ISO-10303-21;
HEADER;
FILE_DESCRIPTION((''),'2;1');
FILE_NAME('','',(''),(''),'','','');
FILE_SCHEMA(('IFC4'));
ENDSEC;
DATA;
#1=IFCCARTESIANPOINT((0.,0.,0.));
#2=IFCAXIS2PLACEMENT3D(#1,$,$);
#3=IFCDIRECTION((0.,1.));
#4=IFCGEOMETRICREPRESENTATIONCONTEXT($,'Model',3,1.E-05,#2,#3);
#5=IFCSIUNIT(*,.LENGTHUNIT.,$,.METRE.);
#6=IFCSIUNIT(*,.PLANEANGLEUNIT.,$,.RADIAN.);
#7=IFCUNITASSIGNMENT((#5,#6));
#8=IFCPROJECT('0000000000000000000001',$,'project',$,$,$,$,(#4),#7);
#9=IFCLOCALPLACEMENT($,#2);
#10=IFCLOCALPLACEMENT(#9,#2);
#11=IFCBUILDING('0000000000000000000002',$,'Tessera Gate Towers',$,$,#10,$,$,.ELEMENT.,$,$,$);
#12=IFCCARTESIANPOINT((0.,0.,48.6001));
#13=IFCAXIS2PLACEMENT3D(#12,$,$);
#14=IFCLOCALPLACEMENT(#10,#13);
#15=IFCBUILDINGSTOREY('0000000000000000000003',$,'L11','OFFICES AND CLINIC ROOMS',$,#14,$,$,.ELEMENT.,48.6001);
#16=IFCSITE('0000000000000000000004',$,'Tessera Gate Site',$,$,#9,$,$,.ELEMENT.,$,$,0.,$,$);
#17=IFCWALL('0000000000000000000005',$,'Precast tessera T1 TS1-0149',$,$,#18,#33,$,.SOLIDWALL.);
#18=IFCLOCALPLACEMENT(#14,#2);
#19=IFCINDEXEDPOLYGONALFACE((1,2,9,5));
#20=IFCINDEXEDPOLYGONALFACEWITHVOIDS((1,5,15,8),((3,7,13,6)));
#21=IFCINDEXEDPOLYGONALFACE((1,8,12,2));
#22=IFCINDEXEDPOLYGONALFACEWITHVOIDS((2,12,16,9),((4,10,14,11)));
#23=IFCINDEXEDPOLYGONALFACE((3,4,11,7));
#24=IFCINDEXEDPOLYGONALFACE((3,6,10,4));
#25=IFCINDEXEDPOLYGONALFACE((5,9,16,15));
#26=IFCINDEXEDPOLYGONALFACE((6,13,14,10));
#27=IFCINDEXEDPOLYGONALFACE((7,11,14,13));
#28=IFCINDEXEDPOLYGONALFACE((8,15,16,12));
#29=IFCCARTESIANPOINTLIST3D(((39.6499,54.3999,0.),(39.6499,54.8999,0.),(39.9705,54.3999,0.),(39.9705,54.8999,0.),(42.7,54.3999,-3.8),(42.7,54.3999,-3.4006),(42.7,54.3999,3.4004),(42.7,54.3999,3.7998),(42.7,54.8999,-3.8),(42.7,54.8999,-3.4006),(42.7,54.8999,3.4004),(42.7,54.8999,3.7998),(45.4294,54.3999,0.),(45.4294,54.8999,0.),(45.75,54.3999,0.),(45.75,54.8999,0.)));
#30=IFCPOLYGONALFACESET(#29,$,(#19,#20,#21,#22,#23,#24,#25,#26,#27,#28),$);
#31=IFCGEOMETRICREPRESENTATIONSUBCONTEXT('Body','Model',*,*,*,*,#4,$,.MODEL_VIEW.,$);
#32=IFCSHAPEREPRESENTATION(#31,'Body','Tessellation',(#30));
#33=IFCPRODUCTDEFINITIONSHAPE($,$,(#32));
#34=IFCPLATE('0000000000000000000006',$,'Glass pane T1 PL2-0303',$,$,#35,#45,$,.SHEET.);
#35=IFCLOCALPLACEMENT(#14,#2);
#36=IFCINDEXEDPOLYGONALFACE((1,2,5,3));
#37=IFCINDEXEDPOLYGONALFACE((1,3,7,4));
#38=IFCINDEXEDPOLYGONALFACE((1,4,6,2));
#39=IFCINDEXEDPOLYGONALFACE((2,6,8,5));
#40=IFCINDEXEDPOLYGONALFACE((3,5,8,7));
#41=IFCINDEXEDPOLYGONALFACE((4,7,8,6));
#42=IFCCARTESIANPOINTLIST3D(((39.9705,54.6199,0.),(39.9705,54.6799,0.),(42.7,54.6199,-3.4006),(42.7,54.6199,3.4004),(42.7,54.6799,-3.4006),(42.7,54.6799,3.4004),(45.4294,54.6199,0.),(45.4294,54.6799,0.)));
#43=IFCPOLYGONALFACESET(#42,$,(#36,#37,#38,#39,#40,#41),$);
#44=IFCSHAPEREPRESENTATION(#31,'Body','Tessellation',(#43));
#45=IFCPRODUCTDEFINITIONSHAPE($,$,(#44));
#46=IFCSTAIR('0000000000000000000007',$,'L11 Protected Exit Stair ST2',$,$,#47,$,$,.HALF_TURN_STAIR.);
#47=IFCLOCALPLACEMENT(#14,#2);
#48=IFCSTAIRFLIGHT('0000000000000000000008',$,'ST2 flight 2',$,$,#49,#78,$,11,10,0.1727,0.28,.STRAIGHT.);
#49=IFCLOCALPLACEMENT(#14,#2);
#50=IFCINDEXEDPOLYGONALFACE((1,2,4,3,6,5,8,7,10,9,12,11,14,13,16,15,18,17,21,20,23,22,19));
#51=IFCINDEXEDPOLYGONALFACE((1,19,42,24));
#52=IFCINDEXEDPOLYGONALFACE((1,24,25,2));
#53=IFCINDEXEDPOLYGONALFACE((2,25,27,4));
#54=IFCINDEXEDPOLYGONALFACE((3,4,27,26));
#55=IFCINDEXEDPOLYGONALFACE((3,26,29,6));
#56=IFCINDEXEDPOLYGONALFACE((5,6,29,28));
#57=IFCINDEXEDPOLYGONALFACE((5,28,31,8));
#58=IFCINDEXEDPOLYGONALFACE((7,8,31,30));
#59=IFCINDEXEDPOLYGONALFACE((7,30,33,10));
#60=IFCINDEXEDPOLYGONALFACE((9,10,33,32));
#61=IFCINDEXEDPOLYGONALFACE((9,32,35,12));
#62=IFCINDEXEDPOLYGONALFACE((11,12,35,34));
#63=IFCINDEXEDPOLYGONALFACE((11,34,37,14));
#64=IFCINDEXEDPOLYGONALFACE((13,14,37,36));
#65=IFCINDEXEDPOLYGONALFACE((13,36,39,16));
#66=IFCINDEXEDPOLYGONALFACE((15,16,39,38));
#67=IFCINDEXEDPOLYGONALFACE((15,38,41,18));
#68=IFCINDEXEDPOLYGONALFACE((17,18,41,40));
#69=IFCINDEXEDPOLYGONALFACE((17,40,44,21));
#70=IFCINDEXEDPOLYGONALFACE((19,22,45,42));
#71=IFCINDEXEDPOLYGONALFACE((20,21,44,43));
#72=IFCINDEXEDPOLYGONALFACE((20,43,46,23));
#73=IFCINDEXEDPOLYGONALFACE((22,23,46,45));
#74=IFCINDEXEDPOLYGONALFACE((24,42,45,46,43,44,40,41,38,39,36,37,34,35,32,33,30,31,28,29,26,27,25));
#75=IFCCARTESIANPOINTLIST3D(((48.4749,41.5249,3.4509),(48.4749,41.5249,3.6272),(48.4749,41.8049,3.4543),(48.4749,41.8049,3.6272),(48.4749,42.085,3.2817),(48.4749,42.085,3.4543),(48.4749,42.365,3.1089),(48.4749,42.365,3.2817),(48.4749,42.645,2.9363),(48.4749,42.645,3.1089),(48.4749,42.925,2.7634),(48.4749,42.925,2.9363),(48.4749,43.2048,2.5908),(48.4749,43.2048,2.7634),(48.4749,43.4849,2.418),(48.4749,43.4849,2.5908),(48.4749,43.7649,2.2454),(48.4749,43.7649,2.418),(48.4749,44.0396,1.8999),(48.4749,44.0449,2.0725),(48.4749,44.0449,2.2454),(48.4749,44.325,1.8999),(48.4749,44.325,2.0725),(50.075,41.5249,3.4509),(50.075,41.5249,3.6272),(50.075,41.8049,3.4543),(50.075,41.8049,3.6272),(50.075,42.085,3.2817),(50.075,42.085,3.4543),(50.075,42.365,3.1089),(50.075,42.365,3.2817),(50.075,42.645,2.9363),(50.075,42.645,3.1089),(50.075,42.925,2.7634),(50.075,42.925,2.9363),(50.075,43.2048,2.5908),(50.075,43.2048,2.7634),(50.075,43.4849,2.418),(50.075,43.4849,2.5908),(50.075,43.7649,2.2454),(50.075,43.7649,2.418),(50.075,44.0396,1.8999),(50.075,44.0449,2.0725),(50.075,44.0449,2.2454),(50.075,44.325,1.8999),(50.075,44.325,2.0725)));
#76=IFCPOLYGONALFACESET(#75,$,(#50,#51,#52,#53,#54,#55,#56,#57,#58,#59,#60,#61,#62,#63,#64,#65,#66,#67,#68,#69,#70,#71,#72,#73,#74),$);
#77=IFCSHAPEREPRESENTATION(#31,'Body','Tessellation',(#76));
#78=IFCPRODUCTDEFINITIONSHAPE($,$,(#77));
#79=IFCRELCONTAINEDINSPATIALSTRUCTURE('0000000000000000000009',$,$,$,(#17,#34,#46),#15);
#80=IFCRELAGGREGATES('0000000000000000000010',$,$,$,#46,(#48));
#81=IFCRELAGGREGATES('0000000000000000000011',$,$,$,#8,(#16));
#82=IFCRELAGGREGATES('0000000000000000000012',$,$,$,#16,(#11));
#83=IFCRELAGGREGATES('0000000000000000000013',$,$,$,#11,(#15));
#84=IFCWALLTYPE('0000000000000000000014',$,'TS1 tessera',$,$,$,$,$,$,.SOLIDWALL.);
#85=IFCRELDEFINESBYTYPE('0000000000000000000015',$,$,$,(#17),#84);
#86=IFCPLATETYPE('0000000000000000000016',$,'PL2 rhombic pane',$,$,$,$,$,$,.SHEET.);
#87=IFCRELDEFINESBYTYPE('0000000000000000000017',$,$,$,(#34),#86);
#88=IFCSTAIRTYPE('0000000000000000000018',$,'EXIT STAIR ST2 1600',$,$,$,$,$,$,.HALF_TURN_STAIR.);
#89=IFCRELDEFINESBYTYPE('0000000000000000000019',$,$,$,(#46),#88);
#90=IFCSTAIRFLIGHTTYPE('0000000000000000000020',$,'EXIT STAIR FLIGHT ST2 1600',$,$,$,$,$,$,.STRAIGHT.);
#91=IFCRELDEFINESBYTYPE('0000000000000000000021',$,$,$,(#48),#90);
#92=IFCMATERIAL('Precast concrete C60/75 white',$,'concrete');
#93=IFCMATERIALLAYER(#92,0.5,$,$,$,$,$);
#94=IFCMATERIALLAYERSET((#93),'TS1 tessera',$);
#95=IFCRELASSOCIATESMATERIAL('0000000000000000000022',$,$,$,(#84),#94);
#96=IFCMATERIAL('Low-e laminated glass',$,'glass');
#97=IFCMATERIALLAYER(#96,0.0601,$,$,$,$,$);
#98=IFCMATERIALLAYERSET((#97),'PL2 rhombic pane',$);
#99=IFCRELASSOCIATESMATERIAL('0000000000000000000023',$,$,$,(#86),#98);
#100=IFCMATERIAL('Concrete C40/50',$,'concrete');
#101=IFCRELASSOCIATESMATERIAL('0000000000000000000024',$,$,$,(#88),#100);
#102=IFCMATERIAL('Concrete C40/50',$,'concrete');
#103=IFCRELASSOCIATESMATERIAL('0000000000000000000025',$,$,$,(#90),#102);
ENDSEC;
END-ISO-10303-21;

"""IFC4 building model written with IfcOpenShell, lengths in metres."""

from ifc_helpers import new_model, si_unit, direction, frame, origin, place, context, subcontext, project, spatial, polyline, outline, extrude, source, transform, mapped, material, layer, layer_set, type_object, element, fill, aggregate, save


model = new_model("IFC4")

# Units and contexts
model_context = context("Model", 3, precision=1e-05, world=origin(), true_north=direction((0.0, 1.0)))
body_context = subcontext(model_context, "Body", "Model", "MODEL_VIEW")
ifc_project = project(units=[si_unit("LENGTHUNIT", "METRE"), si_unit("PLANEANGLEUNIT", "RADIAN")], contexts=[model_context])

# Site, building, storey
site_placement = place(None, origin())
site = spatial("IfcSite", under=ifc_project, at=site_placement, Name="Tessera Gate Site", CompositionType="ELEMENT", RefElevation=0.0)
building_placement = place(site_placement, origin())
building = spatial("IfcBuilding", under=site, at=building_placement, Name="Tessera Gate Towers", CompositionType="ELEMENT")
storey_placement = place(building_placement, frame((0.0, 0.0, 48.6001)))
storey = spatial("IfcBuildingStorey", under=building, at=storey_placement, Name="L11", Description="OFFICES AND CLINIC ROOMS", CompositionType="ELEMENT", Elevation=48.6001)

# Wall, opening, plate
ifc_material_1 = material(Name="Precast concrete C60/75 white", Category="concrete")
ifc_layer_1 = layer(ifc_material_1, 0.5)
ifc_layer_set_1 = layer_set([ifc_layer_1], Name="TS1 tessera")
wall_type_1 = type_object("IfcWallType", Name="TS1 tessera", PredefinedType="SOLIDWALL", material=ifc_layer_set_1)
shared_shape_1 = source(origin(), body_context, "Body", "SweptSolid", [
    extrude(outline(polyline([(3.05, 0.0), (6.1001, 3.8), (3.05, 7.5999), (0.0, 3.8), (3.05, 0.0)])), frame((0.0, 0.25, 0.0), z_axis=(0.0, -1.0, 0.0), x_axis=(1.0, 0.0, 0.0)), (0.0, 0.0, 1.0), 0.5),
])
wall_1_placement = place(storey_placement, frame((45.75, 54.6499, -3.8), z_axis=(0.0, 0.0, 1.0), x_axis=(-1.0, 0.0, 0.0)))
wall_1 = element("IfcWall", 1, at=wall_1_placement, inside=storey, type_object=wall_type_1, Name="Precast tessera T1 TS1-0149", PredefinedType="SOLIDWALL", context=body_context, shape_type="MappedRepresentation", body=[
    mapped(shared_shape_1, transform((0.0, 0.0, 0.0), scale=1.0)),
])
shared_shape_2 = source(origin(), body_context, "Body", "SweptSolid", [
    extrude(outline(polyline([(3.05, 0.3994), (5.7795, 3.8), (3.05, 7.2004), (0.3206, 3.8), (3.05, 0.3994)])), frame((0.0, 0.26, 0.0), z_axis=(0.0, -1.0, 0.0), x_axis=(1.0, 0.0, 0.0)), (0.0, 0.0, 1.0), 0.52),
])
opening_1_placement = place(wall_1_placement, origin())
opening_1 = element("IfcOpeningElement", 2, at=opening_1_placement, cuts=wall_1, PredefinedType="OPENING", context=body_context, shape_type="MappedRepresentation", body=[
    mapped(shared_shape_2, transform((0.0, 0.0, 0.0), scale=1.0)),
])
ifc_material_2 = material(Name="Low-e laminated glass", Category="glass")
ifc_layer_2 = layer(ifc_material_2, 0.0601)
ifc_layer_set_2 = layer_set([ifc_layer_2], Name="PL2 rhombic pane")
plate_type = type_object("IfcPlateType", Name="PL2 rhombic pane", PredefinedType="SHEET", material=ifc_layer_set_2)
shared_shape_3 = source(origin(), body_context, "Body", "SweptSolid", [
    extrude(outline(polyline([(3.05, 0.3994), (5.7795, 3.8), (3.05, 7.2004), (0.3206, 3.8), (3.05, 0.3994)])), frame((0.0, 0.03, 0.0), z_axis=(0.0, -1.0, 0.0), x_axis=(1.0, 0.0, 0.0)), (0.0, 0.0, 1.0), 0.0601),
])
plate_placement = place(opening_1_placement, origin())
plate = element("IfcPlate", 3, at=plate_placement, inside=storey, type_object=plate_type, Name="Glass pane T1 PL2-0303", PredefinedType="SHEET", context=body_context, shape_type="MappedRepresentation", body=[
    mapped(shared_shape_3, transform((0.0, 0.0, 0.0), scale=1.0)),
])
fill(opening_1, plate)

# Stair, stair flight
ifc_material_3 = material(Name="Concrete C40/50", Category="concrete")
stair_type = type_object("IfcStairType", Name="EXIT STAIR ST2 1600", PredefinedType="HALF_TURN_STAIR", material=ifc_material_3)
stair_placement = place(storey_placement, origin())
stair = element("IfcStair", 4, at=stair_placement, inside=storey, type_object=stair_type, Name="L11 Protected Exit Stair ST2", PredefinedType="HALF_TURN_STAIR")
ifc_material_4 = material(Name="Concrete C40/50", Category="concrete")
stair_flight_type = type_object("IfcStairFlightType", Name="EXIT STAIR FLIGHT ST2 1600", PredefinedType="STRAIGHT", material=ifc_material_4)
stair_flight_placement = place(storey_placement, frame((49.2749, 44.325, 1.8999), z_axis=(0.0, 0.0, 1.0), x_axis=(0.0, -1.0, 0.0)))
stair_flight = element("IfcStairFlight", 5, at=stair_flight_placement, type_object=stair_flight_type, Name="ST2 flight 2", NumberOfRisers=11, NumberOfTreads=10, PredefinedType="STRAIGHT", RiserHeight=0.1727, TreadLength=0.28, context=body_context, shape_type="SweptSolid", body=[
    extrude(outline(polyline([(0.0, 0.0), (0.0, 0.1726), (0.28, 0.1726), (0.28, 0.3455), (0.5601, 0.3455), (0.5601, 0.5181), (0.8401, 0.5181), (0.8401, 0.6909), (1.1201, 0.6909), (1.1201, 0.8635), (1.3999, 0.8635), (1.3999, 1.0364), (1.6799, 1.0364), (1.6799, 1.209), (1.96, 1.209), (1.96, 1.3818), (2.24, 1.3818), (2.24, 1.5544), (2.52, 1.5544), (2.52, 1.7273), (2.8, 1.7273), (2.8, 1.8999), (2.8, 1.551), (0.2854, 0.0), (0.0, 0.0)])), frame((0.0, 0.8, 0.0), z_axis=(0.0, -1.0, 0.0), x_axis=(1.0, 0.0, 0.0)), (0.0, 0.0, 1.0), 1.6001),
])
aggregate(stair, [stair_flight])

save(model, "model.ifc")
